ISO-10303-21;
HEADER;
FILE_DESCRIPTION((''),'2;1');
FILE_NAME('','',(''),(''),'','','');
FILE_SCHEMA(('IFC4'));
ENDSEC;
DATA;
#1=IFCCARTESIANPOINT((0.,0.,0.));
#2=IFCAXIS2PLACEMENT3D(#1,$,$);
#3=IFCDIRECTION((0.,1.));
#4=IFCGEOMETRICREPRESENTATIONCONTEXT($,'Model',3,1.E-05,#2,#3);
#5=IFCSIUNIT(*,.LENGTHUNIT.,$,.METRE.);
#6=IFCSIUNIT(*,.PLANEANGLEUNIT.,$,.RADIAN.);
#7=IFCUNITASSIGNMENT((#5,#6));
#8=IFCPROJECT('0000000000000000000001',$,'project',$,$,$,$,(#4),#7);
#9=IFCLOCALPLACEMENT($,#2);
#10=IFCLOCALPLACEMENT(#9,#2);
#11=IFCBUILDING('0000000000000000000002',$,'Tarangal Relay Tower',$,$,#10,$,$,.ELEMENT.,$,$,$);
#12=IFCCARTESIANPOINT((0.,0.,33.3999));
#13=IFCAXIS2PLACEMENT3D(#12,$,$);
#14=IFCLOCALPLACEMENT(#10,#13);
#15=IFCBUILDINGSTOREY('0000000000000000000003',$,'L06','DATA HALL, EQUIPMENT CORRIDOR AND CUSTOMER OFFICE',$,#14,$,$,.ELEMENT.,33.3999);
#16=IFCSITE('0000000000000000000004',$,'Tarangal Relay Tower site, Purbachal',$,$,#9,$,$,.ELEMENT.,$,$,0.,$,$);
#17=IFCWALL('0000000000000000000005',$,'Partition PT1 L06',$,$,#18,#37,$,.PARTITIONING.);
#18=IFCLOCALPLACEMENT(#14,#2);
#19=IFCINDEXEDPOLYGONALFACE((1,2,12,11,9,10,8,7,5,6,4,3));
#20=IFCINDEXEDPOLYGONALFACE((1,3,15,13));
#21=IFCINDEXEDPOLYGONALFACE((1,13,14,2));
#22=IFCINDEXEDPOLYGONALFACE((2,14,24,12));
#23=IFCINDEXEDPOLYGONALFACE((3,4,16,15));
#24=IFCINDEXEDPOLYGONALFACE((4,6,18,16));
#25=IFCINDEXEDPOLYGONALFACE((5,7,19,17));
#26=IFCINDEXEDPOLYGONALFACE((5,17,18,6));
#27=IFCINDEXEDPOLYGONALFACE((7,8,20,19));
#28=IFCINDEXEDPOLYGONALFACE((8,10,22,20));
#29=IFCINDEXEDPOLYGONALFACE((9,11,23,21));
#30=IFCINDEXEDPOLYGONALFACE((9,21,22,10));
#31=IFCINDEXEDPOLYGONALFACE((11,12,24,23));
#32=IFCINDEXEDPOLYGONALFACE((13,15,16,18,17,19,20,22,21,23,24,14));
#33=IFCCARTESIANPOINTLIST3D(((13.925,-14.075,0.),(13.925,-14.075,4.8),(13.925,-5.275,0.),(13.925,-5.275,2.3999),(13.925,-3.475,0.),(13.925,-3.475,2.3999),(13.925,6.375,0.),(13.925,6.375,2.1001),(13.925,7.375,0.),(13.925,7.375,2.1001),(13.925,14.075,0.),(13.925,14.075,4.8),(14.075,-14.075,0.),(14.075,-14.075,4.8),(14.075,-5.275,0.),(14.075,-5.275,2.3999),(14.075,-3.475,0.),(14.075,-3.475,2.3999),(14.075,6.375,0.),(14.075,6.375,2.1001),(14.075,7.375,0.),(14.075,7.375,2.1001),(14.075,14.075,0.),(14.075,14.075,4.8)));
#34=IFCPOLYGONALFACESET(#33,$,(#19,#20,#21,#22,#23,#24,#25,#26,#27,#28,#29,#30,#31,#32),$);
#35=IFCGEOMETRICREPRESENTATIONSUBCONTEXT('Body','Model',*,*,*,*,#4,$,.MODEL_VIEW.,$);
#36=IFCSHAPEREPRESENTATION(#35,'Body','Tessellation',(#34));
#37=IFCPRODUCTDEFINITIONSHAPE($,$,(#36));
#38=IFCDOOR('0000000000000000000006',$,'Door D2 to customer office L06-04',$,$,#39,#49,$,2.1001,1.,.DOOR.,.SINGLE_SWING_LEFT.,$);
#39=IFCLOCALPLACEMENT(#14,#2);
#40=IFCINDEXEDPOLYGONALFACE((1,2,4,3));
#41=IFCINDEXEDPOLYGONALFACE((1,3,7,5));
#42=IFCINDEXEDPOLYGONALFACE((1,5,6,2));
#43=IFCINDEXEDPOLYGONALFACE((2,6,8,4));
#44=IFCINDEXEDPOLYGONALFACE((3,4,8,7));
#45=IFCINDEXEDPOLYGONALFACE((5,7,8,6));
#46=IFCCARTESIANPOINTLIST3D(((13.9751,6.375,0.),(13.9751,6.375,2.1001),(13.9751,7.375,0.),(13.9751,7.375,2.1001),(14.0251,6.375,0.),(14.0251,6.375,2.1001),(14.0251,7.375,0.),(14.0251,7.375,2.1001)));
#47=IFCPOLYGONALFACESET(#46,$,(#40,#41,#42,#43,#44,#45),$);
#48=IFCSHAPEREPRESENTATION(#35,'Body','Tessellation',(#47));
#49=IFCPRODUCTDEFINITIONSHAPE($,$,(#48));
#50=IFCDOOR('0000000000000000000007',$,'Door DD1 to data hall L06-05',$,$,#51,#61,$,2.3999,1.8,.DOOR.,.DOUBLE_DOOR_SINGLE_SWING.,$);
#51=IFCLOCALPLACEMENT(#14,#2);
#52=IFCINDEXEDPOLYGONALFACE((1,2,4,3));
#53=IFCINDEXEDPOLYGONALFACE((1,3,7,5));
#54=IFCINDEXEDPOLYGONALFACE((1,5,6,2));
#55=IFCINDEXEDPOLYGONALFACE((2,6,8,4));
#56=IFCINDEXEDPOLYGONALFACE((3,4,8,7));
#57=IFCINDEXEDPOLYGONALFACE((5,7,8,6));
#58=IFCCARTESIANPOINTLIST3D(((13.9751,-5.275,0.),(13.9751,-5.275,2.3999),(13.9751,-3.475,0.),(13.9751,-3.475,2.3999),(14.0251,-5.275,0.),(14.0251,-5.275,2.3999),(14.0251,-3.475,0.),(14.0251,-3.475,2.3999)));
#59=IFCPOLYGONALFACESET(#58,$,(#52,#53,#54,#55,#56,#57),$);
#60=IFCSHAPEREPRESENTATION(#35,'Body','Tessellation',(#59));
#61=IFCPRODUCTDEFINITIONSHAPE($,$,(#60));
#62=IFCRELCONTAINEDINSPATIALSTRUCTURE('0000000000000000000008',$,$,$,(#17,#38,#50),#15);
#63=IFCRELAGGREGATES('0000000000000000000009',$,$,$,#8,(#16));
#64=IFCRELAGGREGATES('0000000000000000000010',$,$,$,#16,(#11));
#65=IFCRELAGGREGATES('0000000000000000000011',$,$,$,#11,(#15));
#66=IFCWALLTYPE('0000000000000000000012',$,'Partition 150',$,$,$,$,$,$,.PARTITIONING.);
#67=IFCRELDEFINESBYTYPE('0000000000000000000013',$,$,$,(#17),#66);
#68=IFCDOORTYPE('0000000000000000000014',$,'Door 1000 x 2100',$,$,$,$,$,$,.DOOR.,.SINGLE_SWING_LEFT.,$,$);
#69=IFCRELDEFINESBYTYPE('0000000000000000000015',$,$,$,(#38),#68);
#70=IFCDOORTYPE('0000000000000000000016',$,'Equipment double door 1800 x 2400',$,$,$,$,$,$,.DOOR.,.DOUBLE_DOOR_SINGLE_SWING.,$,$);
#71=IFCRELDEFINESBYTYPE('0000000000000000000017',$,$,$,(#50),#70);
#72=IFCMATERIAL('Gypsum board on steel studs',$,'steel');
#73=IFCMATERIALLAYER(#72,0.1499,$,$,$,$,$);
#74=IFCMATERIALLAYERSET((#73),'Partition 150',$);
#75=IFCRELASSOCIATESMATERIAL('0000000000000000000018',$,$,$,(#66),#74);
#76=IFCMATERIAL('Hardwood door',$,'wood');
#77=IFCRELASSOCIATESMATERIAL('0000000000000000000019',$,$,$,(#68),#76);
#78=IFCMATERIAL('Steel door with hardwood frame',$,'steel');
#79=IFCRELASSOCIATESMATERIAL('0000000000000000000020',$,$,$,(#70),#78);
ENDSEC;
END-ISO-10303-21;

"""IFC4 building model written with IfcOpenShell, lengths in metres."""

from ifc_helpers import new_model, si_unit, direction, frame, frame_2d, origin, place, context, subcontext, project, spatial, rectangle, extrude, material, layer, layer_set, type_object, element, fill, save


model = new_model("IFC4")

# Units and contexts
model_context = context("Model", 3, precision=1e-05, world=origin(), true_north=direction((0.0, 1.0)))
body_context = subcontext(model_context, "Body", "Model", "MODEL_VIEW")
ifc_project = project(units=[si_unit("LENGTHUNIT", "METRE"), si_unit("PLANEANGLEUNIT", "RADIAN")], contexts=[model_context])

# Site, building, storey
site_placement = place(None, origin())
site = spatial("IfcSite", under=ifc_project, at=site_placement, Name="Tarangal Relay Tower site, Purbachal", CompositionType="ELEMENT", RefElevation=0.0)
building_placement = place(site_placement, origin())
building = spatial("IfcBuilding", under=site, at=building_placement, Name="Tarangal Relay Tower", CompositionType="ELEMENT")
storey_placement = place(building_placement, frame((0.0, 0.0, 33.3999)))
storey = spatial("IfcBuildingStorey", under=building, at=storey_placement, Name="L06", Description="DATA HALL, EQUIPMENT CORRIDOR AND CUSTOMER OFFICE", CompositionType="ELEMENT", Elevation=33.3999)

# Shared definitions
ifc_material_1 = material(Name="Hardwood door", Category="wood")

# Shared definitions
ifc_material_2 = material(Name="Steel door with hardwood frame", Category="steel")

# Shared definitions
ifc_material_3 = material(Name="Gypsum board on steel studs", Category="steel")
ifc_layer_1 = layer(ifc_material_3, 0.1499)
ifc_layer_set_1 = layer_set([ifc_layer_1], Name="Partition 150")
wall_type_1 = type_object("IfcWallType", Name="Partition 150", PredefinedType="PARTITIONING", material=ifc_layer_set_1)

# Wall, openings, doors
wall_1_placement = place(storey_placement, frame((14.0, -14.075, 0.0), z_axis=(0.0, 0.0, 1.0), x_axis=(0.0, 1.0, 0.0)))
wall_1 = element("IfcWall", 1, at=wall_1_placement, inside=storey, type_object=wall_type_1, Name="Partition PT1 L06", PredefinedType="PARTITIONING", context=body_context, shape_type="SweptSolid", body=[
    extrude(rectangle(XDim=28.1499, YDim=0.1499, at=frame_2d((14.075, 0.0))), origin(), (0.0, 0.0, 1.0), 4.8),
])
opening_1_placement = place(wall_1_placement, frame((20.45, 0.0, 0.0)))
opening_1 = element("IfcOpeningElement", 2, at=opening_1_placement, cuts=wall_1, PredefinedType="OPENING", context=body_context, shape_type="SweptSolid", body=[
    extrude(rectangle(XDim=1.0, YDim=2.1001, at=frame_2d((0.5, 1.05))), frame((0.0, 0.085, 0.0), z_axis=(0.0, -1.0, 0.0), x_axis=(1.0, 0.0, 0.0)), (0.0, 0.0, 1.0), 0.1699),
])
opening_2_placement = place(wall_1_placement, frame((8.8, 0.0, 0.0)))
opening_2 = element("IfcOpeningElement", 3, at=opening_2_placement, cuts=wall_1, PredefinedType="OPENING", context=body_context, shape_type="SweptSolid", body=[
    extrude(rectangle(XDim=1.8, YDim=2.3999, at=frame_2d((0.8999, 1.2))), frame((0.0, 0.085, 0.0), z_axis=(0.0, -1.0, 0.0), x_axis=(1.0, 0.0, 0.0)), (0.0, 0.0, 1.0), 0.1699),
])
door_type_1 = type_object("IfcDoorType", Name="Door 1000 x 2100", OperationType="SINGLE_SWING_LEFT", PredefinedType="DOOR", material=ifc_material_1)
door_1_placement = place(opening_1_placement, origin())
door_1 = element("IfcDoor", 4, at=door_1_placement, inside=storey, type_object=door_type_1, Name="Door D2 to customer office L06-04", OperationType="SINGLE_SWING_LEFT", OverallHeight=2.1001, OverallWidth=1.0, PredefinedType="DOOR", context=body_context, shape_type="SweptSolid", body=[
    extrude(rectangle(XDim=1.0, YDim=2.1001, at=frame_2d((0.5, 1.05))), frame((0.0, 0.0249, 0.0), z_axis=(0.0, -1.0, 0.0), x_axis=(1.0, 0.0, 0.0)), (0.0, 0.0, 1.0), 0.05),
])
fill(opening_1, door_1)
door_type_2 = type_object("IfcDoorType", Name="Equipment double door 1800 x 2400", OperationType="DOUBLE_DOOR_SINGLE_SWING", PredefinedType="DOOR", material=ifc_material_2)
door_2_placement = place(opening_2_placement, origin())
door_2 = element("IfcDoor", 5, at=door_2_placement, inside=storey, type_object=door_type_2, Name="Door DD1 to data hall L06-05", OperationType="DOUBLE_DOOR_SINGLE_SWING", OverallHeight=2.3999, OverallWidth=1.8, PredefinedType="DOOR", context=body_context, shape_type="SweptSolid", body=[
    extrude(rectangle(XDim=1.8, YDim=2.3999, at=frame_2d((0.8999, 1.2))), frame((0.0, 0.0249, 0.0), z_axis=(0.0, -1.0, 0.0), x_axis=(1.0, 0.0, 0.0)), (0.0, 0.0, 1.0), 0.05),
])
fill(opening_2, door_2)

save(model, "model.ifc")
